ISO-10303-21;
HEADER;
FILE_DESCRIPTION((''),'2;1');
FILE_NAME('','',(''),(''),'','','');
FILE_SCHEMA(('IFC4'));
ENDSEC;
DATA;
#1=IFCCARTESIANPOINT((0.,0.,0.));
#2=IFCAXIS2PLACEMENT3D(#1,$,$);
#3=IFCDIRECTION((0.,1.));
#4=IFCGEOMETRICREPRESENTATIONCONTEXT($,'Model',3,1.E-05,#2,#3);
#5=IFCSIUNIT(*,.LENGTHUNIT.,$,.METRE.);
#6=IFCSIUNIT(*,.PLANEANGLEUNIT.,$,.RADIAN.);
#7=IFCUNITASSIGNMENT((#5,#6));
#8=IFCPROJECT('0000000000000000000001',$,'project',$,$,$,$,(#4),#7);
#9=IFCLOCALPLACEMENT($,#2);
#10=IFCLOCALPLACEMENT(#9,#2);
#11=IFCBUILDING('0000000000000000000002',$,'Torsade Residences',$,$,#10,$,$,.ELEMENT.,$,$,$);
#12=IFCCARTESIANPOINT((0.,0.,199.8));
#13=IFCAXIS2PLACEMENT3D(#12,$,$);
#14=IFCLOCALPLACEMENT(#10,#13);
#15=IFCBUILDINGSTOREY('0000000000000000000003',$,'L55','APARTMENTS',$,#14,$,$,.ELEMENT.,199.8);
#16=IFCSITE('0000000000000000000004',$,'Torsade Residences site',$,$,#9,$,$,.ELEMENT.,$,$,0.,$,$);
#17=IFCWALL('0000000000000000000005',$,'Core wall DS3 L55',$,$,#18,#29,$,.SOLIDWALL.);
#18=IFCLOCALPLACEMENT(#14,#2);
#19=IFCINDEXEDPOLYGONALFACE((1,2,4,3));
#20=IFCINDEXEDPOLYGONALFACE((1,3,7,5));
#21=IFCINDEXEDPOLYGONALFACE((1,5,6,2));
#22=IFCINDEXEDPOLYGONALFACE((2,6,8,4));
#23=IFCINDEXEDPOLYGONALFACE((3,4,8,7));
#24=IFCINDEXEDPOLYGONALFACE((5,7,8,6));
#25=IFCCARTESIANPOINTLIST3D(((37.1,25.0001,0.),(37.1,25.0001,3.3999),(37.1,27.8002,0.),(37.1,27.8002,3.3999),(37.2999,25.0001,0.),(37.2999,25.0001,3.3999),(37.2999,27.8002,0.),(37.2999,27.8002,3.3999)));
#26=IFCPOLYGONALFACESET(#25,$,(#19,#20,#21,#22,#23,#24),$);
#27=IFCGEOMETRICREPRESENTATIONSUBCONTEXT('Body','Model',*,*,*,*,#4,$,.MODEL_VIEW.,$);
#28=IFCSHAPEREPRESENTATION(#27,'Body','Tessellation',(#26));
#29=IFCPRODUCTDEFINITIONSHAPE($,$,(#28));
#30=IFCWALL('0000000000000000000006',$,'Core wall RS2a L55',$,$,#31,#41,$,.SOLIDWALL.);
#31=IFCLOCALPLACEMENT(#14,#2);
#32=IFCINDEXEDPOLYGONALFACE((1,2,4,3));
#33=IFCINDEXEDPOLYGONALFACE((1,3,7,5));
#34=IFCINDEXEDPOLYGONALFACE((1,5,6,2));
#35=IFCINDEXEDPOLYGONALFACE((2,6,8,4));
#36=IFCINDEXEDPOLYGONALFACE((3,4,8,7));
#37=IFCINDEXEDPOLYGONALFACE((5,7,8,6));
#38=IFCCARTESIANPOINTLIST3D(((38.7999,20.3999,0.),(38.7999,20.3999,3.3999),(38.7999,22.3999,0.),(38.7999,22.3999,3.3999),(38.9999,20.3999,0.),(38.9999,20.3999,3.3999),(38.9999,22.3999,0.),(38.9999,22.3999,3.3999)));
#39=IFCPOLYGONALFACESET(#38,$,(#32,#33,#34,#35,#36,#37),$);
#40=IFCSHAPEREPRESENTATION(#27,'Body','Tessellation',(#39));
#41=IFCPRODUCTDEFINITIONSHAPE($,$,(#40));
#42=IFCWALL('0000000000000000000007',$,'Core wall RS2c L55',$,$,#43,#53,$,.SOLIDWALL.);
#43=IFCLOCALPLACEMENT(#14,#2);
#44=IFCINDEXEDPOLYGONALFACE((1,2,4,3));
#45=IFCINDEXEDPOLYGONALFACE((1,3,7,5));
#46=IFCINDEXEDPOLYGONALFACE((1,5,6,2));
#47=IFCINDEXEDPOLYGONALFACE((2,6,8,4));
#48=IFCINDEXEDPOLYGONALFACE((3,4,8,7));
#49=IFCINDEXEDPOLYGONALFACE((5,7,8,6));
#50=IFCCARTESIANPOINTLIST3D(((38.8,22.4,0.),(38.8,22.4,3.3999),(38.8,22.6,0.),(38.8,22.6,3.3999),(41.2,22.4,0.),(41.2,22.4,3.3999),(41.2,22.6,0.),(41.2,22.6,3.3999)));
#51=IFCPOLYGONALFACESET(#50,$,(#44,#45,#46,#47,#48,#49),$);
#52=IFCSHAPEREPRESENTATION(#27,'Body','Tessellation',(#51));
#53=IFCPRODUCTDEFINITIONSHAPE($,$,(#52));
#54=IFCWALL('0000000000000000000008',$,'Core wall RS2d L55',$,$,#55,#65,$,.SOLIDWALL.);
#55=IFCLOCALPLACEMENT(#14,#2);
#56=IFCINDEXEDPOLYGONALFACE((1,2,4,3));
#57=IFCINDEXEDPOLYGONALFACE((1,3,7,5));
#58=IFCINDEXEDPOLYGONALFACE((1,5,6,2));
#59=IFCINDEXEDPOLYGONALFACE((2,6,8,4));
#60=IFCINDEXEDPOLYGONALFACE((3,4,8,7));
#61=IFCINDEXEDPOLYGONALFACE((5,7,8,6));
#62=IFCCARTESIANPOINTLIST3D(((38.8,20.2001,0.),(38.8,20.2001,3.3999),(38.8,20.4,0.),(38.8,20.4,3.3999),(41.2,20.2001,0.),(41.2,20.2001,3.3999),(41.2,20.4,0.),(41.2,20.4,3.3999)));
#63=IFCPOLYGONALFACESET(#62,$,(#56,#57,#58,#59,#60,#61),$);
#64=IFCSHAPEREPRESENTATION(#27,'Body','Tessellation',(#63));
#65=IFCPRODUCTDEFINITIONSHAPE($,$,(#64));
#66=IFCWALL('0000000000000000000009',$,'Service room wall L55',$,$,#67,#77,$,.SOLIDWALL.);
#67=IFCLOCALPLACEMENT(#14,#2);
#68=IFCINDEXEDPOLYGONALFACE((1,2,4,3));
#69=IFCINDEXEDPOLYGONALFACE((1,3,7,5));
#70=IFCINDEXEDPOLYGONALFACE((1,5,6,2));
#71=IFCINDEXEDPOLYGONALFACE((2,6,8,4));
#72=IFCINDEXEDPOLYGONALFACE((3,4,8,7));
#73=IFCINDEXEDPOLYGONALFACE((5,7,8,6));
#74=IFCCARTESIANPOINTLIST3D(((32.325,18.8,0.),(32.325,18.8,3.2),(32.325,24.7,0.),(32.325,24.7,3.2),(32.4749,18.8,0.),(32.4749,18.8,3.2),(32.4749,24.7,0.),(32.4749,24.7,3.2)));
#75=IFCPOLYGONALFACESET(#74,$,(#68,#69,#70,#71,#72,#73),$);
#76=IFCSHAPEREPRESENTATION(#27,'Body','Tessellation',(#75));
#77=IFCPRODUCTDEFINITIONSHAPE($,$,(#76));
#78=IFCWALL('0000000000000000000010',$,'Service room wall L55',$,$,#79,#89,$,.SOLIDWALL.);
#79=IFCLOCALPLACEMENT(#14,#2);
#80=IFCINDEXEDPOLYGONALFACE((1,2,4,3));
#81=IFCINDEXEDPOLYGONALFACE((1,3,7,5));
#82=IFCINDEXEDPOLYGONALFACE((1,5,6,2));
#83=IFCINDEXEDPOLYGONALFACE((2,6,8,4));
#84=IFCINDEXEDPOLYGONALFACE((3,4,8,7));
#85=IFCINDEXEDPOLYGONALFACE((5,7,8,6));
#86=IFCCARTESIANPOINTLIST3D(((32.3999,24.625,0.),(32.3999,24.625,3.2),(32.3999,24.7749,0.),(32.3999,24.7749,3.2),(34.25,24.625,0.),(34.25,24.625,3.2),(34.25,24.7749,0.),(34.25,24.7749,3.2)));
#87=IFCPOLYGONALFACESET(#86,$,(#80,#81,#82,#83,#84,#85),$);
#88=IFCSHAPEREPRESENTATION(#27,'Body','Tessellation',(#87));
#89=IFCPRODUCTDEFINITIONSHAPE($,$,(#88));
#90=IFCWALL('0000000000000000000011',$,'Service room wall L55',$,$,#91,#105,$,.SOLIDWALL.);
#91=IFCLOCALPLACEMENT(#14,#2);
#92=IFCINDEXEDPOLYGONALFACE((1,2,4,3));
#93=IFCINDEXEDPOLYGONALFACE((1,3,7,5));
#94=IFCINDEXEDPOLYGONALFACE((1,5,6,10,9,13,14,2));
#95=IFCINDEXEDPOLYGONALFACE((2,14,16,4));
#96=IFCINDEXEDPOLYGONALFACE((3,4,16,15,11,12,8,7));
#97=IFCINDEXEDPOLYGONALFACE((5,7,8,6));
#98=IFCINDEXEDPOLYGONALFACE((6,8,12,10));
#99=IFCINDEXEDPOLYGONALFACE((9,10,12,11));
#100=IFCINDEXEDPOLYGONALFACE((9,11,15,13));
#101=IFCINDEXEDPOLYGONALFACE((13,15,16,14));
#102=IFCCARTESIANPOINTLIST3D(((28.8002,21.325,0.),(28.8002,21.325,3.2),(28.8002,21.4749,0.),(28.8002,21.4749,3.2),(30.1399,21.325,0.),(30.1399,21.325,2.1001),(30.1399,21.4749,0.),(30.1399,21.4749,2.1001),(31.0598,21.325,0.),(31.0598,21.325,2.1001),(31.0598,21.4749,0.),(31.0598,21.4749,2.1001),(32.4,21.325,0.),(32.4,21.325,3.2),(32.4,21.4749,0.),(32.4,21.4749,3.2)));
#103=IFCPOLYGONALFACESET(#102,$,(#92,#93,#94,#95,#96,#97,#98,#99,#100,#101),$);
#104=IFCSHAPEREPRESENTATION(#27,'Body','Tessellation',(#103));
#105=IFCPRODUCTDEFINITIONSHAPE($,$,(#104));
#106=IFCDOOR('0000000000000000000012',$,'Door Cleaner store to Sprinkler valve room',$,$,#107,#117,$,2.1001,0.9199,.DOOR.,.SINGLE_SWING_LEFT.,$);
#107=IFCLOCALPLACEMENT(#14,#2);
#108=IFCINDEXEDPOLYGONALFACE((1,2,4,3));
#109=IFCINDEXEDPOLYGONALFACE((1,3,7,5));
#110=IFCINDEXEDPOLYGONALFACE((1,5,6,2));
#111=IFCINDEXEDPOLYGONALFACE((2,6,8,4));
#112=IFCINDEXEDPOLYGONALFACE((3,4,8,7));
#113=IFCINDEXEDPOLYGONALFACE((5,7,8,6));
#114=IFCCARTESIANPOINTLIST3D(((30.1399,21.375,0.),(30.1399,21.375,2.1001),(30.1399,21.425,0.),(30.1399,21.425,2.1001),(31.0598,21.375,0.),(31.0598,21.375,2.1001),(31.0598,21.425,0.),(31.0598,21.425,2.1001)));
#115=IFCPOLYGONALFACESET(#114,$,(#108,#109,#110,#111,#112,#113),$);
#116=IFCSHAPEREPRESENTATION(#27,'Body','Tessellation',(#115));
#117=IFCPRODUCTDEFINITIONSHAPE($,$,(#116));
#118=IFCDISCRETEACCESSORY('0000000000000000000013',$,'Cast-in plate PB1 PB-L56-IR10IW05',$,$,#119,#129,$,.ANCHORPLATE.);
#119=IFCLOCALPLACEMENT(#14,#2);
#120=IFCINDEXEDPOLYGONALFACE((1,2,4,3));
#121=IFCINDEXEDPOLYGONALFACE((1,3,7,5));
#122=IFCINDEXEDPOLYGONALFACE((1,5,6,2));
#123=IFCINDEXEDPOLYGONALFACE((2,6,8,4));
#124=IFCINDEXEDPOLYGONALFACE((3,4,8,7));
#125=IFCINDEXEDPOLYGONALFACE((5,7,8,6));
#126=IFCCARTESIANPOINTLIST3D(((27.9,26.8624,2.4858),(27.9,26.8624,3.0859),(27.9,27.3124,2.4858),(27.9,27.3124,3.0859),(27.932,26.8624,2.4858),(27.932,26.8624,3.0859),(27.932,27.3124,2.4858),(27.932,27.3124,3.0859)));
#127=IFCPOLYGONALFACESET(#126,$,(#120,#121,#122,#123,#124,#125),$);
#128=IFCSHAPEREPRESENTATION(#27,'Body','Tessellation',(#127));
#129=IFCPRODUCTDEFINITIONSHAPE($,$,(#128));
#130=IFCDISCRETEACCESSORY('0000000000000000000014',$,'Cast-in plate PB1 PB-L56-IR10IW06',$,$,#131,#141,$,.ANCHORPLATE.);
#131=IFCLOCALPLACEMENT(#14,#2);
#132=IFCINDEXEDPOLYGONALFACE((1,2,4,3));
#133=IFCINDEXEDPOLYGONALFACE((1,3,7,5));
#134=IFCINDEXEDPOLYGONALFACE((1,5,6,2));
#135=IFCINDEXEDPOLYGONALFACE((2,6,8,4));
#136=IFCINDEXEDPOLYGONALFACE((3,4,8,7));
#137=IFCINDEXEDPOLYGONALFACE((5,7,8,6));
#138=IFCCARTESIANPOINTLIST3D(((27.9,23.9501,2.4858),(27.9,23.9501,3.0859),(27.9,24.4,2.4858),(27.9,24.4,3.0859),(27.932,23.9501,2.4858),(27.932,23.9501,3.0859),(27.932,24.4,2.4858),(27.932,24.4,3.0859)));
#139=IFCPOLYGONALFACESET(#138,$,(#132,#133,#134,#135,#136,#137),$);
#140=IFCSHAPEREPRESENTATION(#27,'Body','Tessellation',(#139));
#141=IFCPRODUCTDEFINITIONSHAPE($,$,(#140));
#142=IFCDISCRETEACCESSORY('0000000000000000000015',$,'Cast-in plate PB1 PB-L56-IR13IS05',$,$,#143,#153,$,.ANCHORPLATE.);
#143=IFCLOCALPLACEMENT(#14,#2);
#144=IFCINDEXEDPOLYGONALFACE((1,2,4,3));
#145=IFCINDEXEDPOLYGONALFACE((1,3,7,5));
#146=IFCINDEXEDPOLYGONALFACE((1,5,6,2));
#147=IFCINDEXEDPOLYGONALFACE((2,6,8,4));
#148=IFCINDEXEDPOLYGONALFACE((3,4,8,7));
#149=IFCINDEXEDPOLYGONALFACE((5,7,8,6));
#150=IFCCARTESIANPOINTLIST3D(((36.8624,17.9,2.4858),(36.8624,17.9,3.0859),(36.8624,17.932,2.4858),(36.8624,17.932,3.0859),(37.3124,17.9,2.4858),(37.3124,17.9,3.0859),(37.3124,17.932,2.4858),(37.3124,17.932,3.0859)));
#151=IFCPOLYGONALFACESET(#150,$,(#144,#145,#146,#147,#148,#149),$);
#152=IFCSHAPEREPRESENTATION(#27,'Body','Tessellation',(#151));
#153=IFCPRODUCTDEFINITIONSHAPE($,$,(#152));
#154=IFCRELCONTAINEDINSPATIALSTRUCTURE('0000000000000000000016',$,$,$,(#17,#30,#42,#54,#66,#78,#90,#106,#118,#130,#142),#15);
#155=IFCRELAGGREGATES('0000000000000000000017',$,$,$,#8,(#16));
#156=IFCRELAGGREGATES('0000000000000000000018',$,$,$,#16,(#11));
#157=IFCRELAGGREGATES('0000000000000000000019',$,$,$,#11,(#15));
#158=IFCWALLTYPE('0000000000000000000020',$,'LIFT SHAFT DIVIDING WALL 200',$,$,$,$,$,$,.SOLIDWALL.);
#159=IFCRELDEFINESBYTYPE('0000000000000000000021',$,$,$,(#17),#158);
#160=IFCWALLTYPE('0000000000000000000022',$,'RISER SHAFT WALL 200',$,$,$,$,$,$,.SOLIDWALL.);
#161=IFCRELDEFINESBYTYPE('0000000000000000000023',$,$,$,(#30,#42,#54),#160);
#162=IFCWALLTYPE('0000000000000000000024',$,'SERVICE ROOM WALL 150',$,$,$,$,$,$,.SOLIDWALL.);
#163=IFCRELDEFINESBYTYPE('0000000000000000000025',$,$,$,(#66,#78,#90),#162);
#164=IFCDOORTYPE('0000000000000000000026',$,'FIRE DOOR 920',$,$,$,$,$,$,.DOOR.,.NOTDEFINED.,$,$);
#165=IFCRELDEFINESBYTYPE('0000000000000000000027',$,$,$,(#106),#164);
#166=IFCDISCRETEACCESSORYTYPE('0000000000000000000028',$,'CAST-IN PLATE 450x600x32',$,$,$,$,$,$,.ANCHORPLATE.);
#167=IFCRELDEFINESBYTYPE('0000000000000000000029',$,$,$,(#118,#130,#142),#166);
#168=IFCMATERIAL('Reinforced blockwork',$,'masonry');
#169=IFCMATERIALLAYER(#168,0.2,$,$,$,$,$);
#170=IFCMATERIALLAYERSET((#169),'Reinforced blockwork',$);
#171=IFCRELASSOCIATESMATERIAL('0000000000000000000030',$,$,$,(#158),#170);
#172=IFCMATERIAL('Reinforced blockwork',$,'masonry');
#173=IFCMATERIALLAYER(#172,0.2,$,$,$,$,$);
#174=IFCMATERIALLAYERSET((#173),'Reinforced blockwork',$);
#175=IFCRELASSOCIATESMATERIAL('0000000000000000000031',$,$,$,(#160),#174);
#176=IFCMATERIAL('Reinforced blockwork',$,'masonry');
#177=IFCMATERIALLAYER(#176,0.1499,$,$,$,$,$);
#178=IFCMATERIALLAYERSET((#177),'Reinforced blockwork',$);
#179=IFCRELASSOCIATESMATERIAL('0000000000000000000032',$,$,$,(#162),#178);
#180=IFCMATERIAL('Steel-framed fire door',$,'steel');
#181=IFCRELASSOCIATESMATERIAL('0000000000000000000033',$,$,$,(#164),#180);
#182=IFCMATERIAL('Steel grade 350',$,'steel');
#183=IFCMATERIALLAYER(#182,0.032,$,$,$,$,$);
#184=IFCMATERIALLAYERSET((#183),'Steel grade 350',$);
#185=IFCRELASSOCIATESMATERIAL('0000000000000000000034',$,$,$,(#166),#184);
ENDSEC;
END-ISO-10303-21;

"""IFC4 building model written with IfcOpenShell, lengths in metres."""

from ifc_helpers import new_model, si_unit, direction, frame, frame_2d, origin, origin_2d, place, context, subcontext, project, spatial, rectangle, extrude, material, layer, layer_set, type_object, element, fill, save


model = new_model("IFC4")

# Units and contexts
model_context = context("Model", 3, precision=1e-05, world=origin(), true_north=direction((0.0, 1.0)))
body_context = subcontext(model_context, "Body", "Model", "MODEL_VIEW")
ifc_project = project(units=[si_unit("LENGTHUNIT", "METRE"), si_unit("PLANEANGLEUNIT", "RADIAN")], contexts=[model_context])

# Site, building, storey
site_placement = place(None, origin())
site = spatial("IfcSite", under=ifc_project, at=site_placement, Name="Torsade Residences site", CompositionType="ELEMENT", RefElevation=0.0)
building_placement = place(site_placement, origin())
building = spatial("IfcBuilding", under=site, at=building_placement, Name="Torsade Residences", CompositionType="ELEMENT")
storey_placement = place(building_placement, frame((0.0, 0.0, 199.8)))
storey = spatial("IfcBuildingStorey", under=building, at=storey_placement, Name="L55", Description="APARTMENTS", CompositionType="ELEMENT", Elevation=199.8)

# Walls
ifc_material_1 = material(Name="Reinforced blockwork", Category="masonry")
ifc_layer_1 = layer(ifc_material_1, 0.2)
ifc_layer_set_1 = layer_set([ifc_layer_1], Name="Reinforced blockwork")
wall_type_1 = type_object("IfcWallType", Name="LIFT SHAFT DIVIDING WALL 200", PredefinedType="SOLIDWALL", material=ifc_layer_set_1)
wall_1_placement = place(storey_placement, frame((37.2, 27.8, 0.0), z_axis=(0.0, 0.0, 1.0), x_axis=(0.0, -1.0, 0.0)))
element("IfcWall", 1, at=wall_1_placement, inside=storey, type_object=wall_type_1, Name="Core wall DS3 L55", PredefinedType="SOLIDWALL", context=body_context, shape_type="SweptSolid", body=[
    extrude(rectangle(XDim=2.8, YDim=0.2, at=frame_2d((1.3999, 0.0))), origin(), (0.0, 0.0, 1.0), 3.3999),
])
ifc_material_2 = material(Name="Reinforced blockwork", Category="masonry")
ifc_layer_2 = layer(ifc_material_2, 0.2)
ifc_layer_set_2 = layer_set([ifc_layer_2], Name="Reinforced blockwork")
wall_type_2 = type_object("IfcWallType", Name="RISER SHAFT WALL 200", PredefinedType="SOLIDWALL", material=ifc_layer_set_2)
wall_2_placement = place(storey_placement, frame((38.8999, 22.3999, 0.0), z_axis=(0.0, 0.0, 1.0), x_axis=(0.0, -1.0, 0.0)))
element("IfcWall", 2, at=wall_2_placement, inside=storey, type_object=wall_type_2, Name="Core wall RS2a L55", PredefinedType="SOLIDWALL", context=body_context, shape_type="SweptSolid", body=[
    extrude(rectangle(XDim=2.0, YDim=0.2, at=frame_2d((1.0, 0.0))), origin(), (0.0, 0.0, 1.0), 3.3999),
])
for number, where, z_axis, x_axis, name in (
    (3, (38.8, 22.5, 0.0), (0.0, 0.0, 1.0), (1.0, 0.0, 0.0), "Core wall RS2c L55"),
    (4, (38.8, 20.3, 0.0), (0.0, 0.0, 1.0), (1.0, 0.0, 0.0), "Core wall RS2d L55"),
):
    element("IfcWall", number, at=place(storey_placement, frame(where, z_axis=z_axis, x_axis=x_axis)), inside=storey, type_object=wall_type_2, Name=name, PredefinedType="SOLIDWALL", context=body_context, shape_type="SweptSolid", body=[
        extrude(rectangle(XDim=2.3999, YDim=0.2, at=frame_2d((1.2, 0.0))), origin(), (0.0, 0.0, 1.0), 3.3999),
    ])
ifc_material_3 = material(Name="Reinforced blockwork", Category="masonry")
ifc_layer_3 = layer(ifc_material_3, 0.1499)
ifc_layer_set_3 = layer_set([ifc_layer_3], Name="Reinforced blockwork")
wall_type_3 = type_object("IfcWallType", Name="SERVICE ROOM WALL 150", PredefinedType="SOLIDWALL", material=ifc_layer_set_3)
wall_3_placement = place(storey_placement, frame((32.3999, 18.8, 0.0), z_axis=(0.0, 0.0, 1.0), x_axis=(0.0, 1.0, 0.0)))
element("IfcWall", 5, at=wall_3_placement, inside=storey, type_object=wall_type_3, Name="Service room wall L55", PredefinedType="SOLIDWALL", context=body_context, shape_type="SweptSolid", body=[
    extrude(rectangle(XDim=5.8999, YDim=0.1499, at=frame_2d((2.95, 0.0))), origin(), (0.0, 0.0, 1.0), 3.2),
])
wall_4_placement = place(storey_placement, frame((32.3999, 24.7, 0.0), z_axis=(0.0, 0.0, 1.0), x_axis=(1.0, 0.0, 0.0)))
element("IfcWall", 6, at=wall_4_placement, inside=storey, type_object=wall_type_3, Name="Service room wall L55", PredefinedType="SOLIDWALL", context=body_context, shape_type="SweptSolid", body=[
    extrude(rectangle(XDim=1.8501, YDim=0.1499, at=frame_2d((0.925, 0.0))), origin(), (0.0, 0.0, 1.0), 3.2),
])

# Wall, opening, door
wall_5_placement = place(storey_placement, frame((32.3999, 21.3999, 0.0), z_axis=(0.0, 0.0, 1.0), x_axis=(-1.0, 0.0, 0.0)))
wall_5 = element("IfcWall", 7, at=wall_5_placement, inside=storey, type_object=wall_type_3, Name="Service room wall L55", PredefinedType="SOLIDWALL", context=body_context, shape_type="SweptSolid", body=[
    extrude(rectangle(XDim=3.5999, YDim=0.1499, at=frame_2d((1.7998, 0.0))), origin(), (0.0, 0.0, 1.0), 3.2),
])
opening_placement = place(wall_5_placement, frame((1.3401, 0.0, 0.0)))
opening = element("IfcOpeningElement", 8, at=opening_placement, cuts=wall_5, PredefinedType="OPENING", context=body_context, shape_type="SweptSolid", body=[
    extrude(rectangle(XDim=0.9199, YDim=2.1001, at=frame_2d((0.46, 1.05))), frame((0.0, 0.085, 0.0), z_axis=(0.0, -1.0, 0.0), x_axis=(1.0, 0.0, 0.0)), (0.0, 0.0, 1.0), 0.1699),
])
ifc_material_4 = material(Name="Steel-framed fire door", Category="steel")
door_type = type_object("IfcDoorType", Name="FIRE DOOR 920", OperationType="NOTDEFINED", PredefinedType="DOOR", material=ifc_material_4)
door_placement = place(opening_placement, origin())
door = element("IfcDoor", 9, at=door_placement, inside=storey, type_object=door_type, Name="Door Cleaner store to Sprinkler valve room", OperationType="SINGLE_SWING_LEFT", OverallHeight=2.1001, OverallWidth=0.9199, PredefinedType="DOOR", context=body_context, shape_type="SweptSolid", body=[
    extrude(rectangle(XDim=0.9199, YDim=2.1001, at=frame_2d((0.46, 1.05))), frame((0.0, 0.0249, 0.0), z_axis=(0.0, -1.0, 0.0), x_axis=(1.0, 0.0, 0.0)), (0.0, 0.0, 1.0), 0.05),
])
fill(opening, door)

# Discrete accessories
ifc_material_5 = material(Name="Steel grade 350", Category="steel")
ifc_layer_4 = layer(ifc_material_5, 0.032)
ifc_layer_set_4 = layer_set([ifc_layer_4], Name="Steel grade 350")
discrete_accessory_type = type_object("IfcDiscreteAccessoryType", Name="CAST-IN PLATE 450x600x32", PredefinedType="ANCHORPLATE", material=ifc_layer_set_4)
for number, where, z_axis, x_axis, name in (
    (10, (27.916, 27.0874, 2.4858), (0.0, 0.0, 1.0), (1.0, 0.0, 0.0), "Cast-in plate PB1 PB-L56-IR10IW05"),
    (11, (27.916, 24.175, 2.4858), (0.0, 0.0, 1.0), (1.0, 0.0, 0.0), "Cast-in plate PB1 PB-L56-IR10IW06"),
):
    element("IfcDiscreteAccessory", number, at=place(storey_placement, frame(where, z_axis=z_axis, x_axis=x_axis)), inside=storey, type_object=discrete_accessory_type, Name=name, PredefinedType="ANCHORPLATE", context=body_context, shape_type="SweptSolid", body=[
        extrude(rectangle(XDim=0.032, YDim=0.45, at=origin_2d()), origin(), (0.0, 0.0, 1.0), 0.6001),
    ])
discrete_accessory_placement = place(storey_placement, frame((37.0874, 17.916, 2.4858), z_axis=(0.0, 0.0, 1.0), x_axis=(1.0, 0.0, 0.0)))
element("IfcDiscreteAccessory", 12, at=discrete_accessory_placement, inside=storey, type_object=discrete_accessory_type, Name="Cast-in plate PB1 PB-L56-IR13IS05", PredefinedType="ANCHORPLATE", context=body_context, shape_type="SweptSolid", body=[
    extrude(rectangle(XDim=0.45, YDim=0.032, at=origin_2d()), origin(), (0.0, 0.0, 1.0), 0.6001),
])

save(model, "model.ifc")
